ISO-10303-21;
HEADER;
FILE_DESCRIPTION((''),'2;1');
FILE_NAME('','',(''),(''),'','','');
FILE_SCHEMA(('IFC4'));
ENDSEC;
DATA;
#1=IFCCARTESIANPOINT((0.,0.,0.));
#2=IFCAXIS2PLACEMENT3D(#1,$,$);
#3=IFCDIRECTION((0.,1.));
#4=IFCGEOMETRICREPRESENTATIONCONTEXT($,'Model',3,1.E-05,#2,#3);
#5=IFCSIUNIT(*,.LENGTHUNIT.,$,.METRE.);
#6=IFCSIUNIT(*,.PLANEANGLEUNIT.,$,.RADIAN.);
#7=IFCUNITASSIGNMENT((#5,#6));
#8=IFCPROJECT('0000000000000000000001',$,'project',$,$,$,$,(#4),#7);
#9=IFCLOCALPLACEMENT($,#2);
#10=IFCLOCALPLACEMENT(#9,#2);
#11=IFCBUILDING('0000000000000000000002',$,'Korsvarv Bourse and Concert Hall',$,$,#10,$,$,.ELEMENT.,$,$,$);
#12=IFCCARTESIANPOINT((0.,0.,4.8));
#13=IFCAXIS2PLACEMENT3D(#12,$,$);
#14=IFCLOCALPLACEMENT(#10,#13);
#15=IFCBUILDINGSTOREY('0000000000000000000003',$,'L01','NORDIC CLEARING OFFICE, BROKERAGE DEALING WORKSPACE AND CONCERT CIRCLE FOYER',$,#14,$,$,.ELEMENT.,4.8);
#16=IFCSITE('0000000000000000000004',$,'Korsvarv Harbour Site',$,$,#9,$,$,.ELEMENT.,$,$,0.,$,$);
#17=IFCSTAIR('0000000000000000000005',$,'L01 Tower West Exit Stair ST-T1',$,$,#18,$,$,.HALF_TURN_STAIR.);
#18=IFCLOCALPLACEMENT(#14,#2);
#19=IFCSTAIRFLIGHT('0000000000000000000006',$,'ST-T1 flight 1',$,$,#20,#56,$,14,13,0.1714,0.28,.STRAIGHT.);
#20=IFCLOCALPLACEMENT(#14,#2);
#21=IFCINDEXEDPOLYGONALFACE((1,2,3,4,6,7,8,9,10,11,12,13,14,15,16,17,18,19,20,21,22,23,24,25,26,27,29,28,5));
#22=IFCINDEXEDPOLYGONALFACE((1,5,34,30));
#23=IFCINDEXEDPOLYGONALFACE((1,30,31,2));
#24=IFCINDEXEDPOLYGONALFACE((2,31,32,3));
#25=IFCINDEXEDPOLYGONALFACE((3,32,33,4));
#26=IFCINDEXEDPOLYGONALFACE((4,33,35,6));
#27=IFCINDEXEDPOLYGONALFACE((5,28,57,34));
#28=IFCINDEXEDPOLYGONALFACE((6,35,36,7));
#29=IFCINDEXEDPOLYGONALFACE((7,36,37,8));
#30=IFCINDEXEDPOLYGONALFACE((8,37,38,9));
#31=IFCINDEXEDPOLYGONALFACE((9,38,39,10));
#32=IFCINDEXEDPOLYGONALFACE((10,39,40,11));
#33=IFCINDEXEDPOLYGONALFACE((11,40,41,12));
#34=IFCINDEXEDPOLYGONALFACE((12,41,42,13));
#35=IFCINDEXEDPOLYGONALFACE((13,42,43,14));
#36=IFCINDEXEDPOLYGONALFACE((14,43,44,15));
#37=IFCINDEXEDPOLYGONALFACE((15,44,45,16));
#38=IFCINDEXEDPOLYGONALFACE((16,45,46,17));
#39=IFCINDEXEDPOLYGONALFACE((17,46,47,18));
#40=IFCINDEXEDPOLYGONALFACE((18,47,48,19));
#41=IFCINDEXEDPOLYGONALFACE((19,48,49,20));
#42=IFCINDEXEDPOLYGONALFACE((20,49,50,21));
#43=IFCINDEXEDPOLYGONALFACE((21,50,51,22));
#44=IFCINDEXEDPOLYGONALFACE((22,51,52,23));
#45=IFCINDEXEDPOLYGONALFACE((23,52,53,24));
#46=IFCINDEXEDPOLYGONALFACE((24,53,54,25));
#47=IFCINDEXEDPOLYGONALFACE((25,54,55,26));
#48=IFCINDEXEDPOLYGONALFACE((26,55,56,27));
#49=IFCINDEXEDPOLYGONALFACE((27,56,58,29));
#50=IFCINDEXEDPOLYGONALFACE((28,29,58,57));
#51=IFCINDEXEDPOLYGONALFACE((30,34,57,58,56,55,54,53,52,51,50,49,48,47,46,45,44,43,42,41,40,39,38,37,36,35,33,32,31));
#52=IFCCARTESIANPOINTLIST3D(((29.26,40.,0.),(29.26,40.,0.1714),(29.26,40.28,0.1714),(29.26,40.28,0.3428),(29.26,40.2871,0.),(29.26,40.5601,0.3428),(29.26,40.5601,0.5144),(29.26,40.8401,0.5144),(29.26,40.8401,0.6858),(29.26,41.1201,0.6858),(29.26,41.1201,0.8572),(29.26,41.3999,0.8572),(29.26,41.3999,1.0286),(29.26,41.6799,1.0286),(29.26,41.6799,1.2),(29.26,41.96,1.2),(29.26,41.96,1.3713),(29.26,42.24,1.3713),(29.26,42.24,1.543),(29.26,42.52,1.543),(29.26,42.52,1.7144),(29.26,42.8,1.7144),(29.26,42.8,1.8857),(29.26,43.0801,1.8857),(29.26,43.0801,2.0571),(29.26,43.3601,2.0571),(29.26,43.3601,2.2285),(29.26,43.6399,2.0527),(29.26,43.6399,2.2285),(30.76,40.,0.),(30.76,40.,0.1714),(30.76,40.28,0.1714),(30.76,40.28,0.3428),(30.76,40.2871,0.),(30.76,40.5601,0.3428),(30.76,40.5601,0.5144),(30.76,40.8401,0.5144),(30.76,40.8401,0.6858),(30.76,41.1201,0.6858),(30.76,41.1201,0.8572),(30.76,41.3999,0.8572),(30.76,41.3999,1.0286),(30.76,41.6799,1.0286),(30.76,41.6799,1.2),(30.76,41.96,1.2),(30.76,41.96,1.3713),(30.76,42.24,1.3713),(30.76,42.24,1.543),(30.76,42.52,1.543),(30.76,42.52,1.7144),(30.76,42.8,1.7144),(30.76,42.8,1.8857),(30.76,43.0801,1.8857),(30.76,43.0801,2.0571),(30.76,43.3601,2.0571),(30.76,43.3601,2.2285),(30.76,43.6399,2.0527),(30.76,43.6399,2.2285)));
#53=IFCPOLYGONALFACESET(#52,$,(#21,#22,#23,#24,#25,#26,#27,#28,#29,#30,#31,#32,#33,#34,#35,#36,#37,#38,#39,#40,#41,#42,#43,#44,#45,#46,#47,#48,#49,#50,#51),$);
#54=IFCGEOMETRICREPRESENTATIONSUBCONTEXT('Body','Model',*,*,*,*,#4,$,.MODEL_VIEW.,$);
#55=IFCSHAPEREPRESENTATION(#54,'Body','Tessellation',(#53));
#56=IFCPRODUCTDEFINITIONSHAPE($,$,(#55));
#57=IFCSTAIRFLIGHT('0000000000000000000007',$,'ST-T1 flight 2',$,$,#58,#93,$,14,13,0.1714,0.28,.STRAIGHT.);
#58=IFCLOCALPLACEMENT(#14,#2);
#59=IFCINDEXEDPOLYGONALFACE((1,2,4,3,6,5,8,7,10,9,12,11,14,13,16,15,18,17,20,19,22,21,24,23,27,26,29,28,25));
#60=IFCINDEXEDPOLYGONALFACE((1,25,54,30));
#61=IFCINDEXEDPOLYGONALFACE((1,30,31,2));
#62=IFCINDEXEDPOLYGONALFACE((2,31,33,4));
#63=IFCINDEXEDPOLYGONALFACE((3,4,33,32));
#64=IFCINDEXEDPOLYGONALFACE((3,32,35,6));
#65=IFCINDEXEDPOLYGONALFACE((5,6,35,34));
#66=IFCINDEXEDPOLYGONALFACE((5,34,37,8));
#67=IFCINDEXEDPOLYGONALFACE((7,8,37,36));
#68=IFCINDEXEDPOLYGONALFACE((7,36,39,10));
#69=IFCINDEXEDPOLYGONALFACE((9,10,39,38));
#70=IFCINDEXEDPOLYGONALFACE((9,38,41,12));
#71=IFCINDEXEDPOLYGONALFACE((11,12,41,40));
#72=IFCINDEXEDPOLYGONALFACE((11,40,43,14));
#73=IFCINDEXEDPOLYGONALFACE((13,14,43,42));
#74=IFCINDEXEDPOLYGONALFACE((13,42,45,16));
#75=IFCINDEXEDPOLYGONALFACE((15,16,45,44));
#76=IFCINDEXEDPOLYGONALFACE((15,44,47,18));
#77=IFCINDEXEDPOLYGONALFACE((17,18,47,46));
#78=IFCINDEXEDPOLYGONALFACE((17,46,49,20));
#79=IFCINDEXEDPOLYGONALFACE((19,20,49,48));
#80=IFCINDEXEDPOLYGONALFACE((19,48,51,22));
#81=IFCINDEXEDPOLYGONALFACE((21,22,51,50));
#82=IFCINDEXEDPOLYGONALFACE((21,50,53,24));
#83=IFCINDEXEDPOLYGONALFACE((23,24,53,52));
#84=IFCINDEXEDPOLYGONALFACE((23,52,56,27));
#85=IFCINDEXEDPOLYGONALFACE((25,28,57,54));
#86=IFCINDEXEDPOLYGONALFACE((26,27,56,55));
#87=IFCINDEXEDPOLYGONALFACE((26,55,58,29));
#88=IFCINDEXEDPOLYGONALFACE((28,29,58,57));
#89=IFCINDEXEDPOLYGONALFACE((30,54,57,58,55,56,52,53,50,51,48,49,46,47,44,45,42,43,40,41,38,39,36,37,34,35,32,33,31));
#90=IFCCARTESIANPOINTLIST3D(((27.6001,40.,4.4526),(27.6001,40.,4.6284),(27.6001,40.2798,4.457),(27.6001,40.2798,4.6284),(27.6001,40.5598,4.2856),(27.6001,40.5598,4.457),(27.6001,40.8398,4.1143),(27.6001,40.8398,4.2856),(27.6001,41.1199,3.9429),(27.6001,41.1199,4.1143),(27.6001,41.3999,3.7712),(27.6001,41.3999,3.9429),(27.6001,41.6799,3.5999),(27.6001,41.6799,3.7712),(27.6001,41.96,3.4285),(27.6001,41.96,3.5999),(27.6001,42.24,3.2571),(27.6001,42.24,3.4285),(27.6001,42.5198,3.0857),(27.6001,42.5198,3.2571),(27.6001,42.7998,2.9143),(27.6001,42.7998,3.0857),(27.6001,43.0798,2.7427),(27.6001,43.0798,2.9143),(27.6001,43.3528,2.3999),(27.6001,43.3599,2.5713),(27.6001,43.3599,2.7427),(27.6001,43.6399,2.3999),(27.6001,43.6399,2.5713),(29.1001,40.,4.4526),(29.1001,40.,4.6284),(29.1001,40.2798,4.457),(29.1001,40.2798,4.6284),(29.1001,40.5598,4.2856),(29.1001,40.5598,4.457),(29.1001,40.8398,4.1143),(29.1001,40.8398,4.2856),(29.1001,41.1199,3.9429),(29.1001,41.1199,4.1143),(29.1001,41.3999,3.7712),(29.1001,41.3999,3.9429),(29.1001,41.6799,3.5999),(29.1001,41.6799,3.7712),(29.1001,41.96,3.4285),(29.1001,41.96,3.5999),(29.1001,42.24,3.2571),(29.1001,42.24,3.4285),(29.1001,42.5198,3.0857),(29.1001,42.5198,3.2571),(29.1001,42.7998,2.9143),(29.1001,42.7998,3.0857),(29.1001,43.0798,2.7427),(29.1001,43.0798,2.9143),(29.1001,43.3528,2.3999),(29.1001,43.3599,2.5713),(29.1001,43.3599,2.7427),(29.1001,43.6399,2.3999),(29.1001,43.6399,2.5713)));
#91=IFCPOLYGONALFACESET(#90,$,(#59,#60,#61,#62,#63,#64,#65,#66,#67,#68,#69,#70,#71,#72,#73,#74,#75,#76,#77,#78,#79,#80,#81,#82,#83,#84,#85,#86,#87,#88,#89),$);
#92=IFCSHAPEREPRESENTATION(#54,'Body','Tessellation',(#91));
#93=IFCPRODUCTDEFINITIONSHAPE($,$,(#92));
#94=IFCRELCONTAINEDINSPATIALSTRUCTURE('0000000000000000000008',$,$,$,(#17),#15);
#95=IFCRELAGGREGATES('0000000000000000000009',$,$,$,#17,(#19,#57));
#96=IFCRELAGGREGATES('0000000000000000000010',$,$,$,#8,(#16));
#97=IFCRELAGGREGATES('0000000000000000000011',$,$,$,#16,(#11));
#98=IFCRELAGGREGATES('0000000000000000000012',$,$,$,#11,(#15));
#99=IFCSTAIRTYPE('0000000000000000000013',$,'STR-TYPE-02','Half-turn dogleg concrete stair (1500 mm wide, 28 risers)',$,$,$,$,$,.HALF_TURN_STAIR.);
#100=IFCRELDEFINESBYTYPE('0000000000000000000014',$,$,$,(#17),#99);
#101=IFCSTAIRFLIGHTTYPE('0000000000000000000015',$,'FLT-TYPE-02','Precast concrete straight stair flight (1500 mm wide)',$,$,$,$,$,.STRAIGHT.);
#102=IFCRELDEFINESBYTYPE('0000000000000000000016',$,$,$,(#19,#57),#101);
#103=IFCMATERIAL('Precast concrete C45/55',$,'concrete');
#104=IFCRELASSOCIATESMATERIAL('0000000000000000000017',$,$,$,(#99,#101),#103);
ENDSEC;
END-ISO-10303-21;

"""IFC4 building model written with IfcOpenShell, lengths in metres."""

from ifc_helpers import new_model, si_unit, direction, frame, origin, place, context, subcontext, project, spatial, polyline, outline, extrude, material, type_object, element, aggregate, save


model = new_model("IFC4")

# Units and contexts
model_context = context("Model", 3, precision=1e-05, world=origin(), true_north=direction((0.0, 1.0)))
body_context = subcontext(model_context, "Body", "Model", "MODEL_VIEW")
ifc_project = project(units=[si_unit("LENGTHUNIT", "METRE"), si_unit("PLANEANGLEUNIT", "RADIAN")], contexts=[model_context])

# Site, building, storey
site_placement = place(None, origin())
site = spatial("IfcSite", under=ifc_project, at=site_placement, Name="Korsvarv Harbour Site", CompositionType="ELEMENT", RefElevation=0.0)
building_placement = place(site_placement, origin())
building = spatial("IfcBuilding", under=site, at=building_placement, Name="Korsvarv Bourse and Concert Hall", CompositionType="ELEMENT")
storey_placement = place(building_placement, frame((0.0, 0.0, 4.8)))
storey = spatial("IfcBuildingStorey", under=building, at=storey_placement, Name="L01", Description="NORDIC CLEARING OFFICE, BROKERAGE DEALING WORKSPACE AND CONCERT CIRCLE FOYER", CompositionType="ELEMENT", Elevation=4.8)

# Stair, stair flights
ifc_material_1 = material(Name="Precast concrete C45/55", Category="concrete")
stair_type = type_object("IfcStairType", Name="STR-TYPE-02", Description="Half-turn dogleg concrete stair (1500 mm wide, 28 risers)", PredefinedType="HALF_TURN_STAIR", material=ifc_material_1)
stair_placement = place(storey_placement, origin())
stair = element("IfcStair", 1, at=stair_placement, inside=storey, type_object=stair_type, Name="L01 Tower West Exit Stair ST-T1", PredefinedType="HALF_TURN_STAIR")
stair_flight_type = type_object("IfcStairFlightType", Name="FLT-TYPE-02", Description="Precast concrete straight stair flight (1500 mm wide)", PredefinedType="STRAIGHT", material=ifc_material_1)
stair_flight_1_placement = place(storey_placement, frame((30.01, 40.0, 0.0), z_axis=(0.0, 0.0, 1.0), x_axis=(0.0, 1.0, 0.0)))
stair_flight_1 = element("IfcStairFlight", 2, at=stair_flight_1_placement, type_object=stair_flight_type, Name="ST-T1 flight 1", NumberOfRisers=14, NumberOfTreads=13, PredefinedType="STRAIGHT", RiserHeight=0.1714, TreadLength=0.28, context=body_context, shape_type="SweptSolid", body=[
    extrude(outline(polyline([(0.0, 0.0), (0.0, 0.1714), (0.28, 0.1714), (0.28, 0.3428), (0.5601, 0.3428), (0.5601, 0.5144), (0.8401, 0.5144), (0.8401, 0.6858), (1.1201, 0.6858), (1.1201, 0.8572), (1.3999, 0.8572), (1.3999, 1.0286), (1.6799, 1.0286), (1.6799, 1.2), (1.96, 1.2), (1.96, 1.3713), (2.24, 1.3713), (2.24, 1.543), (2.52, 1.543), (2.52, 1.7144), (2.8, 1.7144), (2.8, 1.8857), (3.0801, 1.8857), (3.0801, 2.0571), (3.3601, 2.0571), (3.3601, 2.2285), (3.6399, 2.2285), (3.6399, 2.3999), (3.6399, 2.0527), (0.2871, 0.0), (0.0, 0.0)])), frame((0.0, 0.75, 0.0), z_axis=(0.0, -1.0, 0.0), x_axis=(1.0, 0.0, 0.0)), (0.0, 0.0, 1.0), 1.5),
])
stair_flight_2_placement = place(storey_placement, frame((28.3501, 43.6399, 2.3999), z_axis=(0.0, 0.0, 1.0), x_axis=(0.0, -1.0, 0.0)))
stair_flight_2 = element("IfcStairFlight", 3, at=stair_flight_2_placement, type_object=stair_flight_type, Name="ST-T1 flight 2", NumberOfRisers=14, NumberOfTreads=13, PredefinedType="STRAIGHT", RiserHeight=0.1714, TreadLength=0.28, context=body_context, shape_type="SweptSolid", body=[
    extrude(outline(polyline([(0.0, 0.0), (0.0, 0.1714), (0.28, 0.1714), (0.28, 0.3428), (0.5601, 0.3428), (0.5601, 0.5144), (0.8401, 0.5144), (0.8401, 0.6858), (1.1201, 0.6858), (1.1201, 0.8572), (1.3999, 0.8572), (1.3999, 1.0286), (1.6799, 1.0286), (1.6799, 1.2), (1.96, 1.2), (1.96, 1.3713), (2.24, 1.3713), (2.24, 1.543), (2.52, 1.543), (2.52, 1.7144), (2.8, 1.7144), (2.8, 1.8857), (3.0801, 1.8857), (3.0801, 2.0571), (3.3601, 2.0571), (3.3601, 2.2285), (3.6399, 2.2285), (3.6399, 2.3999), (3.6399, 2.0527), (0.2871, 0.0), (0.0, 0.0)])), frame((0.0, 0.75, 0.0), z_axis=(0.0, -1.0, 0.0), x_axis=(1.0, 0.0, 0.0)), (0.0, 0.0, 1.0), 1.5),
])
aggregate(stair, [stair_flight_1, stair_flight_2])

save(model, "model.ifc")
